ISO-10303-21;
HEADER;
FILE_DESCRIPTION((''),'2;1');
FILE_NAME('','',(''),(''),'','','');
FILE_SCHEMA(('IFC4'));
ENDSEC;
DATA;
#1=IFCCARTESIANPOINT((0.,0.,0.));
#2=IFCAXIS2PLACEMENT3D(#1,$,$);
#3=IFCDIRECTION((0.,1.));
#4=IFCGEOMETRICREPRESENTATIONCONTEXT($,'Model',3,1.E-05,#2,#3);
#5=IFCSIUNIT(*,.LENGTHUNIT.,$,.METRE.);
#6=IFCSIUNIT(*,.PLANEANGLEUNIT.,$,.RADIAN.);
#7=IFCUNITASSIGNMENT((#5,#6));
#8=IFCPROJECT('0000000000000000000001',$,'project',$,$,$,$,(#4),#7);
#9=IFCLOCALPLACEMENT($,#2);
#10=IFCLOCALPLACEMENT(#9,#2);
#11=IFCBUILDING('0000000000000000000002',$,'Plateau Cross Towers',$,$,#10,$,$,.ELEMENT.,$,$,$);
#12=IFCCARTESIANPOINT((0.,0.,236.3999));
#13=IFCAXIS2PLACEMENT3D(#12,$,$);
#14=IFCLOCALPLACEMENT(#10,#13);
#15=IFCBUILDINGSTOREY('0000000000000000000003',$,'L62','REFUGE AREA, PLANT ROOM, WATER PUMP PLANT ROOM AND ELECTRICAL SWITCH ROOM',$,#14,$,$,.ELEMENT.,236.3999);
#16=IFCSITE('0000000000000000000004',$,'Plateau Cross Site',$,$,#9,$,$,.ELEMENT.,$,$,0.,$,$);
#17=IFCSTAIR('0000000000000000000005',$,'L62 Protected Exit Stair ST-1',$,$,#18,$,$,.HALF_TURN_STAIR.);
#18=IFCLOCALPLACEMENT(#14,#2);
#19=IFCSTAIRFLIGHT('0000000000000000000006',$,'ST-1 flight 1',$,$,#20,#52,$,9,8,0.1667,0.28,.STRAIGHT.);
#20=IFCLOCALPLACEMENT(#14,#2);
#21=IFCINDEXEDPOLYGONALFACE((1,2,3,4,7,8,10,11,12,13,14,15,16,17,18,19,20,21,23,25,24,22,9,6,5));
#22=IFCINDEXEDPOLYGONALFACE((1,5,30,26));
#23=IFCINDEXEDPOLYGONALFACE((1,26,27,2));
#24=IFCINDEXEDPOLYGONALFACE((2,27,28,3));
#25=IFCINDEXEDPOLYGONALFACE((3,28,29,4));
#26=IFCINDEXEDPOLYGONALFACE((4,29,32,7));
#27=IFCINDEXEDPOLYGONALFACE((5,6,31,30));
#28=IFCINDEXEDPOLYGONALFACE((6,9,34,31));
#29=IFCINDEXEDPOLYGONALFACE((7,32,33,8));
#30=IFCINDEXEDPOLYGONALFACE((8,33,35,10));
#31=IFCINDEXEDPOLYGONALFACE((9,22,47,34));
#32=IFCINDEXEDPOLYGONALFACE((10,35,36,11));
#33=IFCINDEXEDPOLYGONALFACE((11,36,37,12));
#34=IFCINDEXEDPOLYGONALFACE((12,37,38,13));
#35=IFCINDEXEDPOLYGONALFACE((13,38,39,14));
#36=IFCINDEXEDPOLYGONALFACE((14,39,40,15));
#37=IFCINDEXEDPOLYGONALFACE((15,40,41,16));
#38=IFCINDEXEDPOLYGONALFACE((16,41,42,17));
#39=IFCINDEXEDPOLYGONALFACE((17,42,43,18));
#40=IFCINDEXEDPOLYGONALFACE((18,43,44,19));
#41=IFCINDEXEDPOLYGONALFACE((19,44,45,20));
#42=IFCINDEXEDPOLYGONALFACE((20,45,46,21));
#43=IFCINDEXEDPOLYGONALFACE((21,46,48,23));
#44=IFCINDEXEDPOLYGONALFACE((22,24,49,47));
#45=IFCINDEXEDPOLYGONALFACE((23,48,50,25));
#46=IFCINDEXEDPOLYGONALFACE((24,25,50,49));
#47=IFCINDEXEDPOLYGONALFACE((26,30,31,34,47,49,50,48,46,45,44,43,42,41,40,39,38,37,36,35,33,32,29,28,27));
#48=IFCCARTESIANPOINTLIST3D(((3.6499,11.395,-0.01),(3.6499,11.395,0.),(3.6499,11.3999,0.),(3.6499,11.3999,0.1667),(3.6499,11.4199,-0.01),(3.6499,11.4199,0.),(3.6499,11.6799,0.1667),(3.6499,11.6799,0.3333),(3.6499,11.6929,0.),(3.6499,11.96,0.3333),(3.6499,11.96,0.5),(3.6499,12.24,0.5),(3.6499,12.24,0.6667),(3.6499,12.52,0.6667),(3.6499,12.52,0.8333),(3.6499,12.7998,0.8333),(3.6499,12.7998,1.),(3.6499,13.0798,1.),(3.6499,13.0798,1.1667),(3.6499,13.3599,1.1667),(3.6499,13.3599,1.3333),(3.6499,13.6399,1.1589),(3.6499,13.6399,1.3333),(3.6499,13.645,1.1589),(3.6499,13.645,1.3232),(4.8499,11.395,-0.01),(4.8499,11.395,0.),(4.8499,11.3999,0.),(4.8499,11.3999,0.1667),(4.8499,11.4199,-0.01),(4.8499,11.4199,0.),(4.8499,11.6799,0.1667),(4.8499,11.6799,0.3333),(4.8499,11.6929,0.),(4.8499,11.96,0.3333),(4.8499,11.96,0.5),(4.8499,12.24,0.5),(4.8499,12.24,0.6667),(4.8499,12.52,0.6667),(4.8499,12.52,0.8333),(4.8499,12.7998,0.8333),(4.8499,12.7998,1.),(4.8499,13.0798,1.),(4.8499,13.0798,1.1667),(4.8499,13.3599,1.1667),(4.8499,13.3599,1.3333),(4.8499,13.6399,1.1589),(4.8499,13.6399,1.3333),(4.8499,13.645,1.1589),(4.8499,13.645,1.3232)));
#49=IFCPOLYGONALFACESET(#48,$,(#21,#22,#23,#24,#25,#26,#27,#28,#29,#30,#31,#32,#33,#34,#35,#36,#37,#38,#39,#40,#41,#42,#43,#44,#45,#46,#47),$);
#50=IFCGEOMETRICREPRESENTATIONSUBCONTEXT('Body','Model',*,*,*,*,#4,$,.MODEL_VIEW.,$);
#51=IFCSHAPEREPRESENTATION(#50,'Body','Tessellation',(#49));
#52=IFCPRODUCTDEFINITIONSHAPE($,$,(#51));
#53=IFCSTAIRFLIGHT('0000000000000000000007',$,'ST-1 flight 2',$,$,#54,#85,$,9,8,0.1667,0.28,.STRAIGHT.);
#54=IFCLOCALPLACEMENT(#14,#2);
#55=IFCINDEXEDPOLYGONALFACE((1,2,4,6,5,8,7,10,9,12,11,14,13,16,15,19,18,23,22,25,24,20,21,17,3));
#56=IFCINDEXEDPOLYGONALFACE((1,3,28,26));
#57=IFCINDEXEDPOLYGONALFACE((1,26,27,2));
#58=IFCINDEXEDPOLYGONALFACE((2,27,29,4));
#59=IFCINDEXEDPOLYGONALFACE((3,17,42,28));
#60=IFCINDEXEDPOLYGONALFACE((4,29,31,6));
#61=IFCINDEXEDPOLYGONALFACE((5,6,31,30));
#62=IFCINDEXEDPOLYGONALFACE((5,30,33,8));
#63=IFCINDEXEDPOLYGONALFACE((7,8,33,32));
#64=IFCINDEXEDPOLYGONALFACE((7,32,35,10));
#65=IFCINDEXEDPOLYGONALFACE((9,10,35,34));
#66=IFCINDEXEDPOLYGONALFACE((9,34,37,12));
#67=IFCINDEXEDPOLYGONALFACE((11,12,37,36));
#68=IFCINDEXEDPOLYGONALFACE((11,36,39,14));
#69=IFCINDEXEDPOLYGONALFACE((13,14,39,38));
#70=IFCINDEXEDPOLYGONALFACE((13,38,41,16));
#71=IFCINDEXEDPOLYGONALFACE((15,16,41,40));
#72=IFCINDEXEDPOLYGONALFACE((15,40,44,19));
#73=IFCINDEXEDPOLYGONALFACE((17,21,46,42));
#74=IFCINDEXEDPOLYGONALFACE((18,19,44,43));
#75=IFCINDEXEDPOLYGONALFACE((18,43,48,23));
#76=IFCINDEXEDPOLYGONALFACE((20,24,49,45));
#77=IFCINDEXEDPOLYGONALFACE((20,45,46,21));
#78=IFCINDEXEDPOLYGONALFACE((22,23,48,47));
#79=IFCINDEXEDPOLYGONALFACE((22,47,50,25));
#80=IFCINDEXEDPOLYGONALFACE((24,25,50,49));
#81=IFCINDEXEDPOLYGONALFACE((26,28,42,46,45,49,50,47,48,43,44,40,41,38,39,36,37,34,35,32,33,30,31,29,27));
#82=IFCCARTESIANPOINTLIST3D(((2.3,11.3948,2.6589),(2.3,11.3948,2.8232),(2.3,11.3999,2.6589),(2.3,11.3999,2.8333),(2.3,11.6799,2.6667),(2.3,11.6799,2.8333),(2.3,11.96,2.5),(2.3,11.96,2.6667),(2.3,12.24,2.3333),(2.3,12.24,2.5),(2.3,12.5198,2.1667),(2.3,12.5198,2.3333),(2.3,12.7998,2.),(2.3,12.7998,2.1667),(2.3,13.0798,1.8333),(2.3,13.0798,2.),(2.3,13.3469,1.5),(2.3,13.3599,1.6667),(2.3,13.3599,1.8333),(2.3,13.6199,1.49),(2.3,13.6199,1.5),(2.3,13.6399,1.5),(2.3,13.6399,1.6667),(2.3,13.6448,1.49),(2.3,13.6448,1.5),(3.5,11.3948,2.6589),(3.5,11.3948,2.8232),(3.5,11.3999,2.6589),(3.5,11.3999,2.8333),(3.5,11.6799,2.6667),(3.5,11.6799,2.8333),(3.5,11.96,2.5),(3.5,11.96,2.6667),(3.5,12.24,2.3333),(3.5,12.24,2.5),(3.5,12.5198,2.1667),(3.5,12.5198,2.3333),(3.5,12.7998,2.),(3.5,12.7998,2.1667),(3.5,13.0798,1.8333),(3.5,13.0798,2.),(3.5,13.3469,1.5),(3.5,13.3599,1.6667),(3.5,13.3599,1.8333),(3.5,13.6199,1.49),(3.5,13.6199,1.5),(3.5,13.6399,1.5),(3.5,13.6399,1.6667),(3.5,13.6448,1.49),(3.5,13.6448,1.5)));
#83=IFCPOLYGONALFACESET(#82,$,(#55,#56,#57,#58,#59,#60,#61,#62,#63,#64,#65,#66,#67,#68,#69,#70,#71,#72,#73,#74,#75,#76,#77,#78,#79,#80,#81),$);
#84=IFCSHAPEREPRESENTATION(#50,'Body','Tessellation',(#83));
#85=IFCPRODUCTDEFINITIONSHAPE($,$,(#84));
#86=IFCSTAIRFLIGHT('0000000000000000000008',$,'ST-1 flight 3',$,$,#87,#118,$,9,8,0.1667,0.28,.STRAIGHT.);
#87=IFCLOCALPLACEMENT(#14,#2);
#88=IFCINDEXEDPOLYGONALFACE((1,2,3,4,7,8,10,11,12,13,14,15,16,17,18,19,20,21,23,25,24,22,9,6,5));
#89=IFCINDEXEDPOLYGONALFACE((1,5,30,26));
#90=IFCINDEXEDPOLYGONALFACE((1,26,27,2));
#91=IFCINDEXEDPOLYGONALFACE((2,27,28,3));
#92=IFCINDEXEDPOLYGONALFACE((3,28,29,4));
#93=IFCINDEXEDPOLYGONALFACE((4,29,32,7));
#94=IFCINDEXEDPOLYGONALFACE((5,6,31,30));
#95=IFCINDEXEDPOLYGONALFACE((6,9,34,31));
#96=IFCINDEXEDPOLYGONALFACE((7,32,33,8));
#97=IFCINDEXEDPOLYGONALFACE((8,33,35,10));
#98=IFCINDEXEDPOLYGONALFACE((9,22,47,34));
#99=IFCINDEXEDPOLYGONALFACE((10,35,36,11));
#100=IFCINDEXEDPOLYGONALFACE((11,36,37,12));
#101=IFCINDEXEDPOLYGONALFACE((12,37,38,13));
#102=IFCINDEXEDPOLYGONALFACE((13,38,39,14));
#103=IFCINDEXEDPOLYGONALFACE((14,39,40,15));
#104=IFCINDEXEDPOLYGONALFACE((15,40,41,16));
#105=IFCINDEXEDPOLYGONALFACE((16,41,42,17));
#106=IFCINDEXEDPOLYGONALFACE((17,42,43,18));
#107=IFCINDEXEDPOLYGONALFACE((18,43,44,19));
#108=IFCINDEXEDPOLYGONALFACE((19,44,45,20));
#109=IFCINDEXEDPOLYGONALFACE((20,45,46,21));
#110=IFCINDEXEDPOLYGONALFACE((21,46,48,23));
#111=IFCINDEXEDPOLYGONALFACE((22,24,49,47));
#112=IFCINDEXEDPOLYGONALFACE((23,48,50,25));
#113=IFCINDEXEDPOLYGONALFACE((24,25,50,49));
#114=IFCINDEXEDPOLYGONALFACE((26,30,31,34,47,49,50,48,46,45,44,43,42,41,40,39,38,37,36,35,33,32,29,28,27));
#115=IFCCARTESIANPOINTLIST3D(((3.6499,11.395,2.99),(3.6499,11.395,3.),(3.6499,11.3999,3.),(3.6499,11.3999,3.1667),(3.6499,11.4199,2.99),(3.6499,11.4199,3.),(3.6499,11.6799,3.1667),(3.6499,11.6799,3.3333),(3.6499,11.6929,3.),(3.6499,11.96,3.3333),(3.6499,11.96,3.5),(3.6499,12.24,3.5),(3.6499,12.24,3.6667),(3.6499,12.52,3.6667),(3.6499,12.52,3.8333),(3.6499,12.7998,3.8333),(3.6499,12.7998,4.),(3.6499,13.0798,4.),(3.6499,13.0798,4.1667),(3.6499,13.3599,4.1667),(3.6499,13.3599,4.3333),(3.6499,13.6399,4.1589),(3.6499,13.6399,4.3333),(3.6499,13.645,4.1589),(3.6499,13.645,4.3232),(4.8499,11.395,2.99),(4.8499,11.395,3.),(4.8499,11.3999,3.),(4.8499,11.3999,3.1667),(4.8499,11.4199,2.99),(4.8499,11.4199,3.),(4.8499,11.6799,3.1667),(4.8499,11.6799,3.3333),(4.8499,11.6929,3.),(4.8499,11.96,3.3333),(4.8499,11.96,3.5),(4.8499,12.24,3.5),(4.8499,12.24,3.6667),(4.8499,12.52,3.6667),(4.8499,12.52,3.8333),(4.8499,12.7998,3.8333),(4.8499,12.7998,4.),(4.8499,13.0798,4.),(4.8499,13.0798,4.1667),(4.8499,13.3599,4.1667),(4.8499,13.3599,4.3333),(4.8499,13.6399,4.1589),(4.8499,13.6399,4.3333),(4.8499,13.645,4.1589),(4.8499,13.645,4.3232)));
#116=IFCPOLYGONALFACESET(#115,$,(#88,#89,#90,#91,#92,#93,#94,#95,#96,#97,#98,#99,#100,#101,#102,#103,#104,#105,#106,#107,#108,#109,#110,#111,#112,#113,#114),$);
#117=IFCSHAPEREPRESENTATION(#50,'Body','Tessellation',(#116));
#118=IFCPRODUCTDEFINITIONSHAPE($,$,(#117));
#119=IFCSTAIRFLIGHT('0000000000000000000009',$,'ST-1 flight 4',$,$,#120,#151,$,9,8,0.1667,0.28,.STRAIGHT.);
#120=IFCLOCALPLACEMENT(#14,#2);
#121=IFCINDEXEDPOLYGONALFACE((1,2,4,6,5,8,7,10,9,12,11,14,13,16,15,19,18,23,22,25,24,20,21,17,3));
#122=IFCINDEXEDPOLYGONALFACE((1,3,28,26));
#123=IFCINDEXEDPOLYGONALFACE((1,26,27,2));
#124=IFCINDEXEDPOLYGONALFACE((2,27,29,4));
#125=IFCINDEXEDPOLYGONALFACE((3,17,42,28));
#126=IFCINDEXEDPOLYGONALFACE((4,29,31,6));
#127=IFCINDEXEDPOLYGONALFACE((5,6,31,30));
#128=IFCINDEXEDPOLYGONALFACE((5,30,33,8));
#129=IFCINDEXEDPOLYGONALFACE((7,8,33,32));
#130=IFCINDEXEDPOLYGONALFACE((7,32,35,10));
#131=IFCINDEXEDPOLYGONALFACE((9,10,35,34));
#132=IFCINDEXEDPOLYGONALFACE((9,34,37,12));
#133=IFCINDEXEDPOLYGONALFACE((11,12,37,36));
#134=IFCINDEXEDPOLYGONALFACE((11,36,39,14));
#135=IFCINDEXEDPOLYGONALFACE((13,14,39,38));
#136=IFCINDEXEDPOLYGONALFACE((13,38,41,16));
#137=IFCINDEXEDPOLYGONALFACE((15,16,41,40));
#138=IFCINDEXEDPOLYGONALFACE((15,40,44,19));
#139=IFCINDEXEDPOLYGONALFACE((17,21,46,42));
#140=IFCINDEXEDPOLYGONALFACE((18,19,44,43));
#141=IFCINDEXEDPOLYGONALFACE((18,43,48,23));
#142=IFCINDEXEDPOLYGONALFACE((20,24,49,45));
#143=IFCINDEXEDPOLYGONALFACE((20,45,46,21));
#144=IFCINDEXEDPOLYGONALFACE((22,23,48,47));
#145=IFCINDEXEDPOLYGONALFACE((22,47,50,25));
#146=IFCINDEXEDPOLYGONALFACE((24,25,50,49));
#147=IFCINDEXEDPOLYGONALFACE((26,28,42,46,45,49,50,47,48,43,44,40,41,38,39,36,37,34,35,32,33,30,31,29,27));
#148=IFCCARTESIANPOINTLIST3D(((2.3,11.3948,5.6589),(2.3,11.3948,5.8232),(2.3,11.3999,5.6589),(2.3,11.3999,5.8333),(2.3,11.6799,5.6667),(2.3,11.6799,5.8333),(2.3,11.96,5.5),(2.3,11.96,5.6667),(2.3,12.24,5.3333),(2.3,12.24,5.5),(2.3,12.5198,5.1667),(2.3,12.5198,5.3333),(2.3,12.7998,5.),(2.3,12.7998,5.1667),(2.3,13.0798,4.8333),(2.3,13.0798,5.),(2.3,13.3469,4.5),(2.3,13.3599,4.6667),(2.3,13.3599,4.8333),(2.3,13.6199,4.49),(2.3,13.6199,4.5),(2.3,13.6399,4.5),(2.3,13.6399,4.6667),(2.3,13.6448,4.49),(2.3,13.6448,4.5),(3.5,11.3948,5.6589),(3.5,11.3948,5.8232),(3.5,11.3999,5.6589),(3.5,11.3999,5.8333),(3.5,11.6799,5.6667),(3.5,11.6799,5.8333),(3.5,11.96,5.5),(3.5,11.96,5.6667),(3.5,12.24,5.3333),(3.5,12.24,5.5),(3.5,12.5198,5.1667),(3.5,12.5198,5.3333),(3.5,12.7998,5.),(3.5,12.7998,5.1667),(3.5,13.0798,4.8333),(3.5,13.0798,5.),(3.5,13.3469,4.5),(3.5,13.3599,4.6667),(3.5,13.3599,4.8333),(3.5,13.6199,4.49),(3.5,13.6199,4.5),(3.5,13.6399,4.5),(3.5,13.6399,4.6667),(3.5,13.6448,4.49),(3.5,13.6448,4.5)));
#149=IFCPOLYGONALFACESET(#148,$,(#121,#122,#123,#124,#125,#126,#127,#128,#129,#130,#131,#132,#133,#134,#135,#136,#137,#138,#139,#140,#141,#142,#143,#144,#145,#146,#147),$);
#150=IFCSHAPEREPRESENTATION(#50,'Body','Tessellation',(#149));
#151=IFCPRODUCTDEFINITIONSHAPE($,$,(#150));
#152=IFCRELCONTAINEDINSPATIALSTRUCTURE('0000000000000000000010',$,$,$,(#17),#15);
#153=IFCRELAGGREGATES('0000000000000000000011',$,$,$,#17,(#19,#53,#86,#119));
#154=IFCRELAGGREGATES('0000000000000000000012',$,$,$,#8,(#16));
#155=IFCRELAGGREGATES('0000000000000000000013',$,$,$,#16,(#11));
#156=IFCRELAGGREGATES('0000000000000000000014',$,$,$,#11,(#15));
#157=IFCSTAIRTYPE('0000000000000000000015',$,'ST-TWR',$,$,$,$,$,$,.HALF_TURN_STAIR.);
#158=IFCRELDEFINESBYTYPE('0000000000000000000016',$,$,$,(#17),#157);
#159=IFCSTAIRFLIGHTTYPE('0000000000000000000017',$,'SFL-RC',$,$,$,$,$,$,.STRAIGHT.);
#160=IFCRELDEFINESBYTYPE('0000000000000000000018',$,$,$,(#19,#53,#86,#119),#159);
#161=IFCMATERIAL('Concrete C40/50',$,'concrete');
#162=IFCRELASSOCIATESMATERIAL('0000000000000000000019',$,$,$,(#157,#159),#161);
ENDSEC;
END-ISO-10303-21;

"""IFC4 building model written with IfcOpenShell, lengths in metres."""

from ifc_helpers import new_model, si_unit, direction, frame, origin, place, context, subcontext, project, spatial, polyline, outline, extrude, material, type_object, element, aggregate, save


model = new_model("IFC4")

# Units and contexts
model_context = context("Model", 3, precision=1e-05, world=origin(), true_north=direction((0.0, 1.0)))
body_context = subcontext(model_context, "Body", "Model", "MODEL_VIEW")
ifc_project = project(units=[si_unit("LENGTHUNIT", "METRE"), si_unit("PLANEANGLEUNIT", "RADIAN")], contexts=[model_context])

# Site, building, storey
site_placement = place(None, origin())
site = spatial("IfcSite", under=ifc_project, at=site_placement, Name="Plateau Cross Site", CompositionType="ELEMENT", RefElevation=0.0)
building_placement = place(site_placement, origin())
building = spatial("IfcBuilding", under=site, at=building_placement, Name="Plateau Cross Towers", CompositionType="ELEMENT")
storey_placement = place(building_placement, frame((0.0, 0.0, 236.3999)))
storey = spatial("IfcBuildingStorey", under=building, at=storey_placement, Name="L62", Description="REFUGE AREA, PLANT ROOM, WATER PUMP PLANT ROOM AND ELECTRICAL SWITCH ROOM", CompositionType="ELEMENT", Elevation=236.3999)

# Stair, stair flights
ifc_material_1 = material(Name="Concrete C40/50", Category="concrete")
stair_type = type_object("IfcStairType", Name="ST-TWR", PredefinedType="HALF_TURN_STAIR", material=ifc_material_1)
stair_placement = place(storey_placement, origin())
stair = element("IfcStair", 1, at=stair_placement, inside=storey, type_object=stair_type, Name="L62 Protected Exit Stair ST-1", PredefinedType="HALF_TURN_STAIR")
stair_flight_type = type_object("IfcStairFlightType", Name="SFL-RC", PredefinedType="STRAIGHT", material=ifc_material_1)
stair_flight_1_placement = place(storey_placement, frame((4.25, 11.3999, 0.0), z_axis=(0.0, 0.0, 1.0), x_axis=(0.0, 1.0, 0.0)))
stair_flight_1 = element("IfcStairFlight", 2, at=stair_flight_1_placement, type_object=stair_flight_type, Name="ST-1 flight 1", NumberOfRisers=9, NumberOfTreads=8, PredefinedType="STRAIGHT", RiserHeight=0.1667, TreadLength=0.28, context=body_context, shape_type="SweptSolid", body=[
    extrude(outline(polyline([(-0.0049, -0.01), (-0.0049, 0.0), (0.0, 0.0), (0.0, 0.1667), (0.28, 0.1667), (0.28, 0.3333), (0.5601, 0.3333), (0.5601, 0.5), (0.8401, 0.5), (0.8401, 0.6667), (1.1201, 0.6667), (1.1201, 0.8333), (1.3999, 0.8333), (1.3999, 1.0), (1.6799, 1.0), (1.6799, 1.1667), (1.96, 1.1667), (1.96, 1.3333), (2.24, 1.3333), (2.2451, 1.3232), (2.2451, 1.1589), (2.24, 1.1589), (0.293, 0.0), (0.02, 0.0), (0.02, -0.01), (-0.0049, -0.01)])), frame((0.0, 0.6001, 0.0), z_axis=(0.0, -1.0, 0.0), x_axis=(1.0, 0.0, 0.0)), (0.0, 0.0, 1.0), 1.2),
])
stair_flight_2_placement = place(storey_placement, frame((2.8999, 13.6399, 1.5), z_axis=(0.0, 0.0, 1.0), x_axis=(0.0, -1.0, 0.0)))
stair_flight_2 = element("IfcStairFlight", 3, at=stair_flight_2_placement, type_object=stair_flight_type, Name="ST-1 flight 2", NumberOfRisers=9, NumberOfTreads=8, PredefinedType="STRAIGHT", RiserHeight=0.1667, TreadLength=0.28, context=body_context, shape_type="SweptSolid", body=[
    extrude(outline(polyline([(-0.0049, -0.01), (-0.0049, 0.0), (0.0, 0.0), (0.0, 0.1667), (0.28, 0.1667), (0.28, 0.3333), (0.5601, 0.3333), (0.5601, 0.5), (0.8401, 0.5), (0.8401, 0.6667), (1.1201, 0.6667), (1.1201, 0.8333), (1.3999, 0.8333), (1.3999, 1.0), (1.6799, 1.0), (1.6799, 1.1667), (1.96, 1.1667), (1.96, 1.3333), (2.24, 1.3333), (2.2451, 1.3232), (2.2451, 1.1589), (2.24, 1.1589), (0.293, 0.0), (0.02, 0.0), (0.02, -0.01), (-0.0049, -0.01)])), frame((0.0, 0.6001, 0.0), z_axis=(0.0, -1.0, 0.0), x_axis=(1.0, 0.0, 0.0)), (0.0, 0.0, 1.0), 1.2),
])
stair_flight_3_placement = place(storey_placement, frame((4.25, 11.3999, 3.0), z_axis=(0.0, 0.0, 1.0), x_axis=(0.0, 1.0, 0.0)))
stair_flight_3 = element("IfcStairFlight", 4, at=stair_flight_3_placement, type_object=stair_flight_type, Name="ST-1 flight 3", NumberOfRisers=9, NumberOfTreads=8, PredefinedType="STRAIGHT", RiserHeight=0.1667, TreadLength=0.28, context=body_context, shape_type="SweptSolid", body=[
    extrude(outline(polyline([(-0.0049, -0.01), (-0.0049, 0.0), (0.0, 0.0), (0.0, 0.1667), (0.28, 0.1667), (0.28, 0.3333), (0.5601, 0.3333), (0.5601, 0.5), (0.8401, 0.5), (0.8401, 0.6667), (1.1201, 0.6667), (1.1201, 0.8333), (1.3999, 0.8333), (1.3999, 1.0), (1.6799, 1.0), (1.6799, 1.1667), (1.96, 1.1667), (1.96, 1.3333), (2.24, 1.3333), (2.2451, 1.3232), (2.2451, 1.1589), (2.24, 1.1589), (0.293, 0.0), (0.02, 0.0), (0.02, -0.01), (-0.0049, -0.01)])), frame((0.0, 0.6001, 0.0), z_axis=(0.0, -1.0, 0.0), x_axis=(1.0, 0.0, 0.0)), (0.0, 0.0, 1.0), 1.2),
])
stair_flight_4_placement = place(storey_placement, frame((2.8999, 13.6399, 4.5), z_axis=(0.0, 0.0, 1.0), x_axis=(0.0, -1.0, 0.0)))
stair_flight_4 = element("IfcStairFlight", 5, at=stair_flight_4_placement, type_object=stair_flight_type, Name="ST-1 flight 4", NumberOfRisers=9, NumberOfTreads=8, PredefinedType="STRAIGHT", RiserHeight=0.1667, TreadLength=0.28, context=body_context, shape_type="SweptSolid", body=[
    extrude(outline(polyline([(-0.0049, -0.01), (-0.0049, 0.0), (0.0, 0.0), (0.0, 0.1667), (0.28, 0.1667), (0.28, 0.3333), (0.5601, 0.3333), (0.5601, 0.5), (0.8401, 0.5), (0.8401, 0.6667), (1.1201, 0.6667), (1.1201, 0.8333), (1.3999, 0.8333), (1.3999, 1.0), (1.6799, 1.0), (1.6799, 1.1667), (1.96, 1.1667), (1.96, 1.3333), (2.24, 1.3333), (2.2451, 1.3232), (2.2451, 1.1589), (2.24, 1.1589), (0.293, 0.0), (0.02, 0.0), (0.02, -0.01), (-0.0049, -0.01)])), frame((0.0, 0.6001, 0.0), z_axis=(0.0, -1.0, 0.0), x_axis=(1.0, 0.0, 0.0)), (0.0, 0.0, 1.0), 1.2),
])
aggregate(stair, [stair_flight_1, stair_flight_2, stair_flight_3, stair_flight_4])

save(model, "model.ifc")
